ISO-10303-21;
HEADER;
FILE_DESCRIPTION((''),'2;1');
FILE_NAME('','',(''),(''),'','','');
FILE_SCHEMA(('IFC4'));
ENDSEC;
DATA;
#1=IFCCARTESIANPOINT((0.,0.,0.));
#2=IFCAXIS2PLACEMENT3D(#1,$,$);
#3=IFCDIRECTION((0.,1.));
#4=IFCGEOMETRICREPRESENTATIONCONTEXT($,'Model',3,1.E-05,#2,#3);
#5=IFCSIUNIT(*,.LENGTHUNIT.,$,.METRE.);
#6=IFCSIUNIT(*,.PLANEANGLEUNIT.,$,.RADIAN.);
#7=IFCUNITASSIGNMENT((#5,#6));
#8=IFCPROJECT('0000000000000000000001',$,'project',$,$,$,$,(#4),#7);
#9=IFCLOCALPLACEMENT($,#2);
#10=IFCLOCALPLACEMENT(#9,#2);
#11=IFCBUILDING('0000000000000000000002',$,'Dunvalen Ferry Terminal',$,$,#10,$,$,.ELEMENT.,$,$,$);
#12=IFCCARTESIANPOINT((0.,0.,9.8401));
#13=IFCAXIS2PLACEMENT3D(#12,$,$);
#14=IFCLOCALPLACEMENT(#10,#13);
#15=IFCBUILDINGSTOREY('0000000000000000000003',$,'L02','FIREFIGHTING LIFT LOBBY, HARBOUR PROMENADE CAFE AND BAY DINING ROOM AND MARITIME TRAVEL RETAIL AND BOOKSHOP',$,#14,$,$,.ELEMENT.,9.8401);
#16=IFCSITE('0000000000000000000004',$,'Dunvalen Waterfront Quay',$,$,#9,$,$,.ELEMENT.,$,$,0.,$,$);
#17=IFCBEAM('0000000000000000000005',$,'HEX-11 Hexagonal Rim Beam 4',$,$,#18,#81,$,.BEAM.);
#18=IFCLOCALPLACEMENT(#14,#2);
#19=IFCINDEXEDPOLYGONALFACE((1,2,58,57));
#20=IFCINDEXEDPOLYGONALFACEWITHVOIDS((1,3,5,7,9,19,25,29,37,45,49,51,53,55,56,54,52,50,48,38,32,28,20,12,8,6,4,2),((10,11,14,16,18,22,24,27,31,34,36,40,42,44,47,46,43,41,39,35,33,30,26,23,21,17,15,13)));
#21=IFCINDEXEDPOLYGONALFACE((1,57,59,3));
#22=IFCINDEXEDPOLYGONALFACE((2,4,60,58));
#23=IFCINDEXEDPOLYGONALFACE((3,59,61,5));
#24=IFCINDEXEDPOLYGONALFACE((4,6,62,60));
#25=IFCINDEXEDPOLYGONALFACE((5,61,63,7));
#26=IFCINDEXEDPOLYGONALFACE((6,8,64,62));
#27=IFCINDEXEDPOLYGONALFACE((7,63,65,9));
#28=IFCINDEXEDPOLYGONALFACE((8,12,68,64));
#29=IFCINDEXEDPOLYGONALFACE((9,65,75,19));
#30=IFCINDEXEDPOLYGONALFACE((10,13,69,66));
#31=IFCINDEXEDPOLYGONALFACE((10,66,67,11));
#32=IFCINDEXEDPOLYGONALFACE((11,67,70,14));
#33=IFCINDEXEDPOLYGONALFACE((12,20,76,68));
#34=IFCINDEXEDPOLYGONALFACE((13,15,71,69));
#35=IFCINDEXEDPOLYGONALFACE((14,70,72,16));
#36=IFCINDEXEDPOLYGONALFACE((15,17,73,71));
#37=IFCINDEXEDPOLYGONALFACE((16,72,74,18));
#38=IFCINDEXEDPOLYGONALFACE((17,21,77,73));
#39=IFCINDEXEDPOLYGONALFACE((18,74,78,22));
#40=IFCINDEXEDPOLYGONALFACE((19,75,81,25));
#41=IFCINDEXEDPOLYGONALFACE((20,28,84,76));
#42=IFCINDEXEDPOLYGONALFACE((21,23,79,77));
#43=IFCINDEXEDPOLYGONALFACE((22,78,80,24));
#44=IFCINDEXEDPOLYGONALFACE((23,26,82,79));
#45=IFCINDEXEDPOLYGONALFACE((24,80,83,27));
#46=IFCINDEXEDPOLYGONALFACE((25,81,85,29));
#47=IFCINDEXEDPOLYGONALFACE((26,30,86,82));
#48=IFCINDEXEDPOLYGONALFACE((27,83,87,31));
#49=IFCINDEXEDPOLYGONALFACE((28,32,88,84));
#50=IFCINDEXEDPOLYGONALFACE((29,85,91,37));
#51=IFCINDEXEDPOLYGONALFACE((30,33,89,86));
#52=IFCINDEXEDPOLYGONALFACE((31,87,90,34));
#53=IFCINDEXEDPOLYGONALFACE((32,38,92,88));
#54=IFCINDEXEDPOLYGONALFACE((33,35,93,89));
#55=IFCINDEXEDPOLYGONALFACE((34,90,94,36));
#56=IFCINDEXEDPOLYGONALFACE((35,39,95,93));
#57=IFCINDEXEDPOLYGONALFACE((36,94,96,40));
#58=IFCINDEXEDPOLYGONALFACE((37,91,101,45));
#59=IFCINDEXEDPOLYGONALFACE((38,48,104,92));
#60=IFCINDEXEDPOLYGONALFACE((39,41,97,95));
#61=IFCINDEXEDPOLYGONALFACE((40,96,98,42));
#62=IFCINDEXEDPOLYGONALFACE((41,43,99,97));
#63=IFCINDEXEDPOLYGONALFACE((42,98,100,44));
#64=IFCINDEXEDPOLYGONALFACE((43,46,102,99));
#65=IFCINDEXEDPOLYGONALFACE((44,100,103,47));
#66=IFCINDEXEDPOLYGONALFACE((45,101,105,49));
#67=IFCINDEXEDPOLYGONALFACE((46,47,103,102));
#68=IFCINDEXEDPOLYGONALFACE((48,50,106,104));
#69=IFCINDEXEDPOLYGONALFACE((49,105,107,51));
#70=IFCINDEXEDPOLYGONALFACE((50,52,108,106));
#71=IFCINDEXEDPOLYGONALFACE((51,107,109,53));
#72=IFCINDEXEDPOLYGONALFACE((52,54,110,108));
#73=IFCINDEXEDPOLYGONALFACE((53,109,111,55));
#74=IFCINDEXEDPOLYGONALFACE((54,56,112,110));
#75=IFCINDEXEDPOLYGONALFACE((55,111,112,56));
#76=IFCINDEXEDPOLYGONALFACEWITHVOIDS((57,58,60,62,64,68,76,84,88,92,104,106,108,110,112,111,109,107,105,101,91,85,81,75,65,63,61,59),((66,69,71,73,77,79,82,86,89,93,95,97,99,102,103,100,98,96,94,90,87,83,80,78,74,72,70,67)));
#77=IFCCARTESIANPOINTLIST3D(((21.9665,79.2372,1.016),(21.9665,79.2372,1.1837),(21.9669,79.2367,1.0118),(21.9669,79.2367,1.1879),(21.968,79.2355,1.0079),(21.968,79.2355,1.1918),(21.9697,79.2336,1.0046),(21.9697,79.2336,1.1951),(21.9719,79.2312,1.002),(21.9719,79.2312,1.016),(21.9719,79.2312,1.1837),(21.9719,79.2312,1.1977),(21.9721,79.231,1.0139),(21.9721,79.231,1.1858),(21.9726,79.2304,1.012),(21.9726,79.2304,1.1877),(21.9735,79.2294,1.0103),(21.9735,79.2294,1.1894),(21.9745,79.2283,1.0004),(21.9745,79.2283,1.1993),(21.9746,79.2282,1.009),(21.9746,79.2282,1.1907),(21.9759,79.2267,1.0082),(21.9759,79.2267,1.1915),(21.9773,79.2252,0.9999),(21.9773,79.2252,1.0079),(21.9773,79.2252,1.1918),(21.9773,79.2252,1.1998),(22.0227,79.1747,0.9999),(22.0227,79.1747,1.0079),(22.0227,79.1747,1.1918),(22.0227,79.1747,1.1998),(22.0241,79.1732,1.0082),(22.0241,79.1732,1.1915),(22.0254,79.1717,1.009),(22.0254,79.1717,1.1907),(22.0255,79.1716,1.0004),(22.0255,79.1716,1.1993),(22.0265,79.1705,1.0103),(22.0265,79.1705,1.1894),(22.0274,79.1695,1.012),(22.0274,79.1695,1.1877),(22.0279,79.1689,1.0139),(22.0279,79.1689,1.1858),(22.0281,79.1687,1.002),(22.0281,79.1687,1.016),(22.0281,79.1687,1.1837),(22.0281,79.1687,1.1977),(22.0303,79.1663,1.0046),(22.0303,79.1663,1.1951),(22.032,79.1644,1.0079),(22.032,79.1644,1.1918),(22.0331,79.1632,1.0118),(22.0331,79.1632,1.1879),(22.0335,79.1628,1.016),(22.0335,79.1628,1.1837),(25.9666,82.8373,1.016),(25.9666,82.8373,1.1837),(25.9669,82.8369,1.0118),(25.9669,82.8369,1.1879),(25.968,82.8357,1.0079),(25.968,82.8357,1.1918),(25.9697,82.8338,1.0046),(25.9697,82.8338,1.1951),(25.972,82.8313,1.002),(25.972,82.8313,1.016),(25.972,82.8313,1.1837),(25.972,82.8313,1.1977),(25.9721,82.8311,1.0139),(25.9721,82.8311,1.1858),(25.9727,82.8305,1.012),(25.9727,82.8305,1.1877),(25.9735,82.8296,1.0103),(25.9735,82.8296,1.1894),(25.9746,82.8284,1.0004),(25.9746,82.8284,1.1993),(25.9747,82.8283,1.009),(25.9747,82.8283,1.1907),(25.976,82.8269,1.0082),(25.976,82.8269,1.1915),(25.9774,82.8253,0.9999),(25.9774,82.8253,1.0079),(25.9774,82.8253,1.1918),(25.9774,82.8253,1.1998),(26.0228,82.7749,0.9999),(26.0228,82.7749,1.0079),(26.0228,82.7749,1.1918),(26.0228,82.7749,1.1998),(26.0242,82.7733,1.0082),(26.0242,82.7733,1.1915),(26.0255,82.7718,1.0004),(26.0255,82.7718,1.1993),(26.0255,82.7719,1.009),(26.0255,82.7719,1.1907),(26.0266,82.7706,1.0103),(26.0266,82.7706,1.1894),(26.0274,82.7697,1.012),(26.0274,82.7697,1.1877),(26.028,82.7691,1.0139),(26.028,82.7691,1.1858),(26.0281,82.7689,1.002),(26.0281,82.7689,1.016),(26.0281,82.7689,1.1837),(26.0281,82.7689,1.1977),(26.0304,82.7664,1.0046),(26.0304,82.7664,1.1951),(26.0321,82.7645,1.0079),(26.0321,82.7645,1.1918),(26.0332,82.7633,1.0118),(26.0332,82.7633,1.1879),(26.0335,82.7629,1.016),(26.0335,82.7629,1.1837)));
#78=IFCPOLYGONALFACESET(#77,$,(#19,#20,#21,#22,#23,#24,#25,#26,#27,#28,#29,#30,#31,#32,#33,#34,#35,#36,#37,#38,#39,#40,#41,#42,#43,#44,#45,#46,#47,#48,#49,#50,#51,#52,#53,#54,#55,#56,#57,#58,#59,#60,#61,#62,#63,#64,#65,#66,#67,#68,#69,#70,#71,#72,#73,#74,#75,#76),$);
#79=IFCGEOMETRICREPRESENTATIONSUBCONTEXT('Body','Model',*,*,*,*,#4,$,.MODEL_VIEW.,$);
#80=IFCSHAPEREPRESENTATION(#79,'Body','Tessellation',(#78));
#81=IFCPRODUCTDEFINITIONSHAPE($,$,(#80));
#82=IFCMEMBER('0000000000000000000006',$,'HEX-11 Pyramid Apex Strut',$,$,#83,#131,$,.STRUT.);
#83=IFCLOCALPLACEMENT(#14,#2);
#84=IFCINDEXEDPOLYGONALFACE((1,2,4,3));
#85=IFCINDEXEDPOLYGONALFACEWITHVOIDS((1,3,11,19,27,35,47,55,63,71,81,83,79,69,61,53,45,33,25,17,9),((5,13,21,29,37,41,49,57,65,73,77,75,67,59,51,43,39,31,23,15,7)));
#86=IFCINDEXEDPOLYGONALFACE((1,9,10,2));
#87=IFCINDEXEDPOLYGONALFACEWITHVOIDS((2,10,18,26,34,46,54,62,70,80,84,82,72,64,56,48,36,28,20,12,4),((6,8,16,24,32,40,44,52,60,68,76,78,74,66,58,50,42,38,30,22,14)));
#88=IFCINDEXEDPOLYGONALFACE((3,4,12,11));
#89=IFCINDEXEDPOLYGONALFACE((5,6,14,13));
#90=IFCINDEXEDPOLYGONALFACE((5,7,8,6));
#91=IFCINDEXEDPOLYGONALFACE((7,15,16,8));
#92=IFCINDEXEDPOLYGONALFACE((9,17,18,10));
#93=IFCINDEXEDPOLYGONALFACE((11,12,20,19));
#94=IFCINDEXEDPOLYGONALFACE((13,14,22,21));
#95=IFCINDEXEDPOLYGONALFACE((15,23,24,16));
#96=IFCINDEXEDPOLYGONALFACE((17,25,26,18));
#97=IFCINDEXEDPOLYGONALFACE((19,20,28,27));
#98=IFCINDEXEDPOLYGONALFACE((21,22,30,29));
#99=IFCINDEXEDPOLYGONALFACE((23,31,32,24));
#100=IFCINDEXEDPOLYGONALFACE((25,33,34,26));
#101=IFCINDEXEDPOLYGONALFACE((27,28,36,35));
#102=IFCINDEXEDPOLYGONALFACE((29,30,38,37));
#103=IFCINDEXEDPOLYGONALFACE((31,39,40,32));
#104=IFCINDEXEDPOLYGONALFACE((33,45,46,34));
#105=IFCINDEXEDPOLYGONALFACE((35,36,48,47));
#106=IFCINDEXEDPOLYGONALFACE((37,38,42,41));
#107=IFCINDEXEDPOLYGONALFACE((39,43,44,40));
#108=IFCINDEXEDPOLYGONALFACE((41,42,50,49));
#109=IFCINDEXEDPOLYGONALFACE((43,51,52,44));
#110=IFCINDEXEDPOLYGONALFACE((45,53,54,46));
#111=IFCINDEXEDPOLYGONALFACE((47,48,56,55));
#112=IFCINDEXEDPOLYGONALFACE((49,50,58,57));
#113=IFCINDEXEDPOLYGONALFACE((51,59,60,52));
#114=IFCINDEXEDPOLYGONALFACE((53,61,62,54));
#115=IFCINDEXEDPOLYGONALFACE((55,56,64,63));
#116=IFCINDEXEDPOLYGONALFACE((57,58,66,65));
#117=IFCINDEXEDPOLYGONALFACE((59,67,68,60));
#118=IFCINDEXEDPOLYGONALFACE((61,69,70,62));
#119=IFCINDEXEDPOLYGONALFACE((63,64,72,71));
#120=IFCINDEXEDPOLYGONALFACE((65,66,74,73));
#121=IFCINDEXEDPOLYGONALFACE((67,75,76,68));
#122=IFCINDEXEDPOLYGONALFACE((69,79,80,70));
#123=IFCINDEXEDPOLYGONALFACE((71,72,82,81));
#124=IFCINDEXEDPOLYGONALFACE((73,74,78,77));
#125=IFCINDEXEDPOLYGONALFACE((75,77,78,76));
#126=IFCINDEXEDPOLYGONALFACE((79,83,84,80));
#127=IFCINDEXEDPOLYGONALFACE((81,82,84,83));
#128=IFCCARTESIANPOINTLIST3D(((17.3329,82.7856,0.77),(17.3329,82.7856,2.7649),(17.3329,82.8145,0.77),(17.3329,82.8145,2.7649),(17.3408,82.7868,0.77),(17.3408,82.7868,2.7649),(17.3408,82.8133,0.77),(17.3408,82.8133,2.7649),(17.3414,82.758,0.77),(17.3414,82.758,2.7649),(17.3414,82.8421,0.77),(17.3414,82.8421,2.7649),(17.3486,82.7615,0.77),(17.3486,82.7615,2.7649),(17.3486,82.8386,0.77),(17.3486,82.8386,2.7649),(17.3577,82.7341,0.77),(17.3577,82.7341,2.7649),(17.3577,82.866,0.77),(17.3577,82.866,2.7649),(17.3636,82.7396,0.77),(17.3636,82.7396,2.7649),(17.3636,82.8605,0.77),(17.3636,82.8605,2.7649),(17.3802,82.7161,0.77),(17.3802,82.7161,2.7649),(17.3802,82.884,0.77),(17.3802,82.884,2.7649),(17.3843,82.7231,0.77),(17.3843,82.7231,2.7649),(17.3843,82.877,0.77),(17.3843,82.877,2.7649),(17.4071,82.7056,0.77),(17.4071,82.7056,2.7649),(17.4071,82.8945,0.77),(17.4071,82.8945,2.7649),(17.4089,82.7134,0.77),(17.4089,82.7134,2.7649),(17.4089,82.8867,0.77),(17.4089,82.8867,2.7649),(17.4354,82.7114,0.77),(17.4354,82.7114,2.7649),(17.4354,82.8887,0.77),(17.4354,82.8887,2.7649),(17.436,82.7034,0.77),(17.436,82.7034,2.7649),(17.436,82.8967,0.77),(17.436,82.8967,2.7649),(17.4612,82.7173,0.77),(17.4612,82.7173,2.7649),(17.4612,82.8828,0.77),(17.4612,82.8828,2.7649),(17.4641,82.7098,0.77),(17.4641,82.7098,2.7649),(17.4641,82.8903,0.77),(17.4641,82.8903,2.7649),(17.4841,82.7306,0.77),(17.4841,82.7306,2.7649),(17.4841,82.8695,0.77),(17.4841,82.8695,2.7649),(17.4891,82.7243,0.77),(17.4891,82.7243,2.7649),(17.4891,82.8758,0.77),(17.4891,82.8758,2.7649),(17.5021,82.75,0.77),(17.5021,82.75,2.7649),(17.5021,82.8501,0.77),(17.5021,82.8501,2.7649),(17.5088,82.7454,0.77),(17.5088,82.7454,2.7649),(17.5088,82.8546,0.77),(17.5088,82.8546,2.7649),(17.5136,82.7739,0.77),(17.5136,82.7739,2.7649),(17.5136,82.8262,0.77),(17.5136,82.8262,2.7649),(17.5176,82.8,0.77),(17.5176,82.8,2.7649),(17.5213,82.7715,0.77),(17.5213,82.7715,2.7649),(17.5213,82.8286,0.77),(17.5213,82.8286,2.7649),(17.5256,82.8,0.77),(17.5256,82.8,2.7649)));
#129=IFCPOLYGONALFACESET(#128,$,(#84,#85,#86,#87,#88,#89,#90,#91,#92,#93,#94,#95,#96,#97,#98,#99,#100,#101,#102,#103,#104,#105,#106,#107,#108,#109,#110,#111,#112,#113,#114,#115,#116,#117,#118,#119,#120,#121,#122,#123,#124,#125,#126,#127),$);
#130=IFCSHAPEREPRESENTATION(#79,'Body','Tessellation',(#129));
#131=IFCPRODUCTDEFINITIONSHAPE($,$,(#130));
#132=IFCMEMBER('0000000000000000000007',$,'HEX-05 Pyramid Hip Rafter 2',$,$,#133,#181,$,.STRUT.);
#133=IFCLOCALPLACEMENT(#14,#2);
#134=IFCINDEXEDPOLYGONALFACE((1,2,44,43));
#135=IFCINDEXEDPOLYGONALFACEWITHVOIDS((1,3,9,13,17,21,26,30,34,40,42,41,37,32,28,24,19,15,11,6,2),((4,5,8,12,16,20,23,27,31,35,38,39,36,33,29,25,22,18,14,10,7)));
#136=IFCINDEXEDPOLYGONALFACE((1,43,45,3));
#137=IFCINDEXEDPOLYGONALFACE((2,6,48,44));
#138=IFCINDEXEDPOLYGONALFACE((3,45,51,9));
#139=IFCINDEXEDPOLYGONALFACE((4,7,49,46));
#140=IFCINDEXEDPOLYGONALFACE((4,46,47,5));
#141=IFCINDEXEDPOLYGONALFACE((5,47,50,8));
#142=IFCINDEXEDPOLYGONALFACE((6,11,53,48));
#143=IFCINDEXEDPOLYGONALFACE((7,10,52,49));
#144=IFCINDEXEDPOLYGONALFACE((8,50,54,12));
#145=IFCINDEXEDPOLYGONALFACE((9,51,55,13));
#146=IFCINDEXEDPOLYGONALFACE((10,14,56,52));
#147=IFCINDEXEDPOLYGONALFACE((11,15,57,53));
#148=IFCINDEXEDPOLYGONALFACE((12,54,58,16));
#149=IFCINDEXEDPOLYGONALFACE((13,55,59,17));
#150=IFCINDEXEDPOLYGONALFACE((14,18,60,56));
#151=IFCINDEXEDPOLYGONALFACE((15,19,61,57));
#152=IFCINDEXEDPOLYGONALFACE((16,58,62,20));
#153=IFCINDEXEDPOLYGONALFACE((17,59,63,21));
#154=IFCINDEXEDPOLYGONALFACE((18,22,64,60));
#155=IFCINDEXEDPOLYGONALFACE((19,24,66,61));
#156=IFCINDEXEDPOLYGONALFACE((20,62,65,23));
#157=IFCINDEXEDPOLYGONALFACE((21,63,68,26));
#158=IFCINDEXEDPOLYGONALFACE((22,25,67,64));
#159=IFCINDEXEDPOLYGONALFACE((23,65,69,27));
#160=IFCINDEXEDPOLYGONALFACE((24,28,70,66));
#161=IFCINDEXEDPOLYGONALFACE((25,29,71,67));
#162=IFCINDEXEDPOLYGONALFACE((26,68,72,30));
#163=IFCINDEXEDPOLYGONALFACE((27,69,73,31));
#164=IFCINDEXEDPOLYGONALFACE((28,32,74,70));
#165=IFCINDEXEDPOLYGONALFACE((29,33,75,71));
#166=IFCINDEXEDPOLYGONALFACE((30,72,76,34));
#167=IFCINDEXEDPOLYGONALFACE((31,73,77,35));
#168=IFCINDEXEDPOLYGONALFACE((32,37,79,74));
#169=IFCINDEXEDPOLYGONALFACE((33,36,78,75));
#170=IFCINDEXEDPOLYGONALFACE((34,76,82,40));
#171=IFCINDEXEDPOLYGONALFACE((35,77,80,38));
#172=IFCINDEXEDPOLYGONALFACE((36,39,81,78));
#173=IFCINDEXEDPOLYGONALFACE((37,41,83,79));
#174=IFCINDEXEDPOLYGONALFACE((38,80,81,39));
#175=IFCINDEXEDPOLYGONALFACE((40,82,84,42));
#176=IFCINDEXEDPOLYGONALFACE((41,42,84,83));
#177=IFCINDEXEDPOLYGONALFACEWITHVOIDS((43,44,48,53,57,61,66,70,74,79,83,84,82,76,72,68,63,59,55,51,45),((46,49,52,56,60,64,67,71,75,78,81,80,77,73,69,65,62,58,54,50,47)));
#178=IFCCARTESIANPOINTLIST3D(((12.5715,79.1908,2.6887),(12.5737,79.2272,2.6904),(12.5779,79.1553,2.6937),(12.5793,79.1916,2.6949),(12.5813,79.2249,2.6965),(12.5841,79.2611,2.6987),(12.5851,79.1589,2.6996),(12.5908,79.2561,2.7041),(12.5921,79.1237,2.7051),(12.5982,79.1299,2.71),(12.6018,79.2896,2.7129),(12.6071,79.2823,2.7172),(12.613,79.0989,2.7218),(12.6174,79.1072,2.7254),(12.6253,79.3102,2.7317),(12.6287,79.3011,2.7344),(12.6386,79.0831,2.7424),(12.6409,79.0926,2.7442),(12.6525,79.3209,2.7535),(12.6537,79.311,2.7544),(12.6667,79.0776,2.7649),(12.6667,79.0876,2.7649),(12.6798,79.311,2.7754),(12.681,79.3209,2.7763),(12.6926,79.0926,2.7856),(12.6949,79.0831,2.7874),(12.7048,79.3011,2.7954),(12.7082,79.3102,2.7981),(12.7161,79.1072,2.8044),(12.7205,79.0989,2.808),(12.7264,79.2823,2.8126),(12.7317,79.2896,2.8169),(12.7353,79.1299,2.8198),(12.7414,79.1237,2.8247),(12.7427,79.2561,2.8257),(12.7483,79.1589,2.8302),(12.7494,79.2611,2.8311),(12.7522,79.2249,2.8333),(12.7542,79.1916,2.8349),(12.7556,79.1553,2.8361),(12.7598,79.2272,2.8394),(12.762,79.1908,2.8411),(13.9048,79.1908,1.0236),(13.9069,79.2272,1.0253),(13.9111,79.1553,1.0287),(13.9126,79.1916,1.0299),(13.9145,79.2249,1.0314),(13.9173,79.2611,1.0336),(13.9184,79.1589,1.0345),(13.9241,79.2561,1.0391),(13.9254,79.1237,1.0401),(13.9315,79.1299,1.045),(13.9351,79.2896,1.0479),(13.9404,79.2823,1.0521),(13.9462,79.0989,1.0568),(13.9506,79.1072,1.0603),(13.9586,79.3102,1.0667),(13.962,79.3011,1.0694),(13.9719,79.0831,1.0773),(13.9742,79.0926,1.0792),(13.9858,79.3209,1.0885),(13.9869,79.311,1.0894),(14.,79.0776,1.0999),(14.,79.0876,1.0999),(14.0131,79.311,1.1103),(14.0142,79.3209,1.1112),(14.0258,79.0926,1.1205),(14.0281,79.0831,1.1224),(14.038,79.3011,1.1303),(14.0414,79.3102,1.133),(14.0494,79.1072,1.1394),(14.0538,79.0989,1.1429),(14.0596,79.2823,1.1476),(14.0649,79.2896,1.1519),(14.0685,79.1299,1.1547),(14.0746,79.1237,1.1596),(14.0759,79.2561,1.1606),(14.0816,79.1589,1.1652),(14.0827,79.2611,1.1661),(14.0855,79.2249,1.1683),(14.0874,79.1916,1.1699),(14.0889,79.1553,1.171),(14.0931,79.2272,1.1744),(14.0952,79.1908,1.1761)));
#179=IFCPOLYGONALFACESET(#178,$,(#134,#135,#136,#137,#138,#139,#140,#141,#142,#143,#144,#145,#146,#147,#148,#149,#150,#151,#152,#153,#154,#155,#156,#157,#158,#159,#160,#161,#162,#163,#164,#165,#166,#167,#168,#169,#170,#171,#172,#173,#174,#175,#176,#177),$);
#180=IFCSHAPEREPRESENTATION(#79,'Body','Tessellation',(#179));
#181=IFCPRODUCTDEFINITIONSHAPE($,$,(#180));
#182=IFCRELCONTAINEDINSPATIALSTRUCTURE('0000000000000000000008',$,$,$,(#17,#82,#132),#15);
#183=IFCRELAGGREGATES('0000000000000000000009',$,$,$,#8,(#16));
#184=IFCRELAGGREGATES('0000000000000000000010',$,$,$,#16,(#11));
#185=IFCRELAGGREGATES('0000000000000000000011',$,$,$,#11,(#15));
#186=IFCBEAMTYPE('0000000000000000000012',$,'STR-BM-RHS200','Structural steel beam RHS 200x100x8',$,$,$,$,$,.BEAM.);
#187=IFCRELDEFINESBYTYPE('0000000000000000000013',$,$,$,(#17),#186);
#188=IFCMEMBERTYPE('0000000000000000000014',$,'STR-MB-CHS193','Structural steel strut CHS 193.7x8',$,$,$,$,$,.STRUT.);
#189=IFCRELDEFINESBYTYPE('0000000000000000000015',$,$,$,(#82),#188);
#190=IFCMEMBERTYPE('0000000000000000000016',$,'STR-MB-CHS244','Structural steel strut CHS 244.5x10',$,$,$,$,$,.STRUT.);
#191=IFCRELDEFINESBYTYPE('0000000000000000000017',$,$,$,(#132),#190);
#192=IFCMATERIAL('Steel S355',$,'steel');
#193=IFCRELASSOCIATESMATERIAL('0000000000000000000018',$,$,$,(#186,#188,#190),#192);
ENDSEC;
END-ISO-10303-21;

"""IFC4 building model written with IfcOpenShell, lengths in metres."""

from ifc_helpers import new_model, si_unit, direction, frame, origin, origin_2d, place, context, subcontext, project, spatial, hollow_rectangle, hollow_circle, extrude, material, material_profile, profile_set, type_object, element, save


model = new_model("IFC4")

# Units and contexts
model_context = context("Model", 3, precision=1e-05, world=origin(), true_north=direction((0.0, 1.0)))
body_context = subcontext(model_context, "Body", "Model", "MODEL_VIEW")
ifc_project = project(units=[si_unit("LENGTHUNIT", "METRE"), si_unit("PLANEANGLEUNIT", "RADIAN")], contexts=[model_context])

# Site, building, storey
site_placement = place(None, origin())
site = spatial("IfcSite", under=ifc_project, at=site_placement, Name="Dunvalen Waterfront Quay", CompositionType="ELEMENT", RefElevation=0.0)
building_placement = place(site_placement, origin())
building = spatial("IfcBuilding", under=site, at=building_placement, Name="Dunvalen Ferry Terminal", CompositionType="ELEMENT")
storey_placement = place(building_placement, frame((0.0, 0.0, 9.8401)))
storey = spatial("IfcBuildingStorey", under=building, at=storey_placement, Name="L02", Description="FIREFIGHTING LIFT LOBBY, HARBOUR PROMENADE CAFE AND BAY DINING ROOM AND MARITIME TRAVEL RETAIL AND BOOKSHOP", CompositionType="ELEMENT", Elevation=9.8401)

# Beam
ifc_material_1 = material(Name="Steel S355", Category="steel")
ifc_material_profile_1 = material_profile(ifc_material_1, hollow_rectangle(XDim=0.1001, YDim=0.2, WallThickness=0.0081, InnerFilletRadius=0.0081, OuterFilletRadius=0.0161, at=origin_2d()), Name="Steel S355")
ifc_profile_set_1 = profile_set([ifc_material_profile_1], Name="Steel S355")
beam_type = type_object("IfcBeamType", Name="STR-BM-RHS200", Description="Structural steel beam RHS 200x100x8", PredefinedType="BEAM", material=ifc_profile_set_1)
beam_1_placement = place(storey_placement, frame((22.0, 79.2, 1.0999), z_axis=(0.743285, 0.668975, 0.0), x_axis=(-0.668975, 0.743285, 0.0)))
element("IfcBeam", 1, at=beam_1_placement, inside=storey, type_object=beam_type, Name="HEX-11 Hexagonal Rim Beam 4", PredefinedType="BEAM", context=body_context, shape_type="SweptSolid", body=[
    extrude(hollow_rectangle(XDim=0.1001, YDim=0.2, WallThickness=0.0081, InnerFilletRadius=0.0081, OuterFilletRadius=0.0161, at=origin_2d()), origin(), (0.0, 0.0, 1.0), 5.3816),
])

# Members
ifc_material_profile_2 = material_profile(ifc_material_1, hollow_circle(Radius=0.0969, WallThickness=0.0081, at=origin_2d()), Name="Steel S355")
ifc_profile_set_2 = profile_set([ifc_material_profile_2], Name="Steel S355")
member_type_1 = type_object("IfcMemberType", Name="STR-MB-CHS193", Description="Structural steel strut CHS 193.7x8", PredefinedType="STRUT", material=ifc_profile_set_2)
member_1_placement = place(storey_placement, frame((17.4287, 82.8, 0.77), z_axis=(0.0, 0.0, 1.0), x_axis=(1.0, 0.0, 0.0)))
element("IfcMember", 2, at=member_1_placement, inside=storey, type_object=member_type_1, Name="HEX-11 Pyramid Apex Strut", PredefinedType="STRUT", context=body_context, shape_type="SweptSolid", body=[
    extrude(hollow_circle(Radius=0.0969, WallThickness=0.0081, at=origin_2d()), origin(), (0.0, 0.0, 1.0), 1.9949),
])
ifc_material_profile_3 = material_profile(ifc_material_1, hollow_circle(Radius=0.1223, WallThickness=0.01, at=origin_2d()), Name="Steel S355")
ifc_profile_set_3 = profile_set([ifc_material_profile_3], Name="Steel S355")
member_type_2 = type_object("IfcMemberType", Name="STR-MB-CHS244", Description="Structural steel strut CHS 244.5x10", PredefinedType="STRUT", material=ifc_profile_set_3)
member_2_placement = place(storey_placement, frame((14.0, 79.2, 1.0999), z_axis=(-0.625044, 0.0, 0.78059), x_axis=(0.0, -1.0, 0.0)))
element("IfcMember", 3, at=member_2_placement, inside=storey, type_object=member_type_2, Name="HEX-05 Pyramid Hip Rafter 2", PredefinedType="STRUT", context=body_context, shape_type="SweptSolid", body=[
    extrude(hollow_circle(Radius=0.1223, WallThickness=0.01, at=origin_2d()), origin(), (0.0, 0.0, 1.0), 2.1331),
])

save(model, "model.ifc")
